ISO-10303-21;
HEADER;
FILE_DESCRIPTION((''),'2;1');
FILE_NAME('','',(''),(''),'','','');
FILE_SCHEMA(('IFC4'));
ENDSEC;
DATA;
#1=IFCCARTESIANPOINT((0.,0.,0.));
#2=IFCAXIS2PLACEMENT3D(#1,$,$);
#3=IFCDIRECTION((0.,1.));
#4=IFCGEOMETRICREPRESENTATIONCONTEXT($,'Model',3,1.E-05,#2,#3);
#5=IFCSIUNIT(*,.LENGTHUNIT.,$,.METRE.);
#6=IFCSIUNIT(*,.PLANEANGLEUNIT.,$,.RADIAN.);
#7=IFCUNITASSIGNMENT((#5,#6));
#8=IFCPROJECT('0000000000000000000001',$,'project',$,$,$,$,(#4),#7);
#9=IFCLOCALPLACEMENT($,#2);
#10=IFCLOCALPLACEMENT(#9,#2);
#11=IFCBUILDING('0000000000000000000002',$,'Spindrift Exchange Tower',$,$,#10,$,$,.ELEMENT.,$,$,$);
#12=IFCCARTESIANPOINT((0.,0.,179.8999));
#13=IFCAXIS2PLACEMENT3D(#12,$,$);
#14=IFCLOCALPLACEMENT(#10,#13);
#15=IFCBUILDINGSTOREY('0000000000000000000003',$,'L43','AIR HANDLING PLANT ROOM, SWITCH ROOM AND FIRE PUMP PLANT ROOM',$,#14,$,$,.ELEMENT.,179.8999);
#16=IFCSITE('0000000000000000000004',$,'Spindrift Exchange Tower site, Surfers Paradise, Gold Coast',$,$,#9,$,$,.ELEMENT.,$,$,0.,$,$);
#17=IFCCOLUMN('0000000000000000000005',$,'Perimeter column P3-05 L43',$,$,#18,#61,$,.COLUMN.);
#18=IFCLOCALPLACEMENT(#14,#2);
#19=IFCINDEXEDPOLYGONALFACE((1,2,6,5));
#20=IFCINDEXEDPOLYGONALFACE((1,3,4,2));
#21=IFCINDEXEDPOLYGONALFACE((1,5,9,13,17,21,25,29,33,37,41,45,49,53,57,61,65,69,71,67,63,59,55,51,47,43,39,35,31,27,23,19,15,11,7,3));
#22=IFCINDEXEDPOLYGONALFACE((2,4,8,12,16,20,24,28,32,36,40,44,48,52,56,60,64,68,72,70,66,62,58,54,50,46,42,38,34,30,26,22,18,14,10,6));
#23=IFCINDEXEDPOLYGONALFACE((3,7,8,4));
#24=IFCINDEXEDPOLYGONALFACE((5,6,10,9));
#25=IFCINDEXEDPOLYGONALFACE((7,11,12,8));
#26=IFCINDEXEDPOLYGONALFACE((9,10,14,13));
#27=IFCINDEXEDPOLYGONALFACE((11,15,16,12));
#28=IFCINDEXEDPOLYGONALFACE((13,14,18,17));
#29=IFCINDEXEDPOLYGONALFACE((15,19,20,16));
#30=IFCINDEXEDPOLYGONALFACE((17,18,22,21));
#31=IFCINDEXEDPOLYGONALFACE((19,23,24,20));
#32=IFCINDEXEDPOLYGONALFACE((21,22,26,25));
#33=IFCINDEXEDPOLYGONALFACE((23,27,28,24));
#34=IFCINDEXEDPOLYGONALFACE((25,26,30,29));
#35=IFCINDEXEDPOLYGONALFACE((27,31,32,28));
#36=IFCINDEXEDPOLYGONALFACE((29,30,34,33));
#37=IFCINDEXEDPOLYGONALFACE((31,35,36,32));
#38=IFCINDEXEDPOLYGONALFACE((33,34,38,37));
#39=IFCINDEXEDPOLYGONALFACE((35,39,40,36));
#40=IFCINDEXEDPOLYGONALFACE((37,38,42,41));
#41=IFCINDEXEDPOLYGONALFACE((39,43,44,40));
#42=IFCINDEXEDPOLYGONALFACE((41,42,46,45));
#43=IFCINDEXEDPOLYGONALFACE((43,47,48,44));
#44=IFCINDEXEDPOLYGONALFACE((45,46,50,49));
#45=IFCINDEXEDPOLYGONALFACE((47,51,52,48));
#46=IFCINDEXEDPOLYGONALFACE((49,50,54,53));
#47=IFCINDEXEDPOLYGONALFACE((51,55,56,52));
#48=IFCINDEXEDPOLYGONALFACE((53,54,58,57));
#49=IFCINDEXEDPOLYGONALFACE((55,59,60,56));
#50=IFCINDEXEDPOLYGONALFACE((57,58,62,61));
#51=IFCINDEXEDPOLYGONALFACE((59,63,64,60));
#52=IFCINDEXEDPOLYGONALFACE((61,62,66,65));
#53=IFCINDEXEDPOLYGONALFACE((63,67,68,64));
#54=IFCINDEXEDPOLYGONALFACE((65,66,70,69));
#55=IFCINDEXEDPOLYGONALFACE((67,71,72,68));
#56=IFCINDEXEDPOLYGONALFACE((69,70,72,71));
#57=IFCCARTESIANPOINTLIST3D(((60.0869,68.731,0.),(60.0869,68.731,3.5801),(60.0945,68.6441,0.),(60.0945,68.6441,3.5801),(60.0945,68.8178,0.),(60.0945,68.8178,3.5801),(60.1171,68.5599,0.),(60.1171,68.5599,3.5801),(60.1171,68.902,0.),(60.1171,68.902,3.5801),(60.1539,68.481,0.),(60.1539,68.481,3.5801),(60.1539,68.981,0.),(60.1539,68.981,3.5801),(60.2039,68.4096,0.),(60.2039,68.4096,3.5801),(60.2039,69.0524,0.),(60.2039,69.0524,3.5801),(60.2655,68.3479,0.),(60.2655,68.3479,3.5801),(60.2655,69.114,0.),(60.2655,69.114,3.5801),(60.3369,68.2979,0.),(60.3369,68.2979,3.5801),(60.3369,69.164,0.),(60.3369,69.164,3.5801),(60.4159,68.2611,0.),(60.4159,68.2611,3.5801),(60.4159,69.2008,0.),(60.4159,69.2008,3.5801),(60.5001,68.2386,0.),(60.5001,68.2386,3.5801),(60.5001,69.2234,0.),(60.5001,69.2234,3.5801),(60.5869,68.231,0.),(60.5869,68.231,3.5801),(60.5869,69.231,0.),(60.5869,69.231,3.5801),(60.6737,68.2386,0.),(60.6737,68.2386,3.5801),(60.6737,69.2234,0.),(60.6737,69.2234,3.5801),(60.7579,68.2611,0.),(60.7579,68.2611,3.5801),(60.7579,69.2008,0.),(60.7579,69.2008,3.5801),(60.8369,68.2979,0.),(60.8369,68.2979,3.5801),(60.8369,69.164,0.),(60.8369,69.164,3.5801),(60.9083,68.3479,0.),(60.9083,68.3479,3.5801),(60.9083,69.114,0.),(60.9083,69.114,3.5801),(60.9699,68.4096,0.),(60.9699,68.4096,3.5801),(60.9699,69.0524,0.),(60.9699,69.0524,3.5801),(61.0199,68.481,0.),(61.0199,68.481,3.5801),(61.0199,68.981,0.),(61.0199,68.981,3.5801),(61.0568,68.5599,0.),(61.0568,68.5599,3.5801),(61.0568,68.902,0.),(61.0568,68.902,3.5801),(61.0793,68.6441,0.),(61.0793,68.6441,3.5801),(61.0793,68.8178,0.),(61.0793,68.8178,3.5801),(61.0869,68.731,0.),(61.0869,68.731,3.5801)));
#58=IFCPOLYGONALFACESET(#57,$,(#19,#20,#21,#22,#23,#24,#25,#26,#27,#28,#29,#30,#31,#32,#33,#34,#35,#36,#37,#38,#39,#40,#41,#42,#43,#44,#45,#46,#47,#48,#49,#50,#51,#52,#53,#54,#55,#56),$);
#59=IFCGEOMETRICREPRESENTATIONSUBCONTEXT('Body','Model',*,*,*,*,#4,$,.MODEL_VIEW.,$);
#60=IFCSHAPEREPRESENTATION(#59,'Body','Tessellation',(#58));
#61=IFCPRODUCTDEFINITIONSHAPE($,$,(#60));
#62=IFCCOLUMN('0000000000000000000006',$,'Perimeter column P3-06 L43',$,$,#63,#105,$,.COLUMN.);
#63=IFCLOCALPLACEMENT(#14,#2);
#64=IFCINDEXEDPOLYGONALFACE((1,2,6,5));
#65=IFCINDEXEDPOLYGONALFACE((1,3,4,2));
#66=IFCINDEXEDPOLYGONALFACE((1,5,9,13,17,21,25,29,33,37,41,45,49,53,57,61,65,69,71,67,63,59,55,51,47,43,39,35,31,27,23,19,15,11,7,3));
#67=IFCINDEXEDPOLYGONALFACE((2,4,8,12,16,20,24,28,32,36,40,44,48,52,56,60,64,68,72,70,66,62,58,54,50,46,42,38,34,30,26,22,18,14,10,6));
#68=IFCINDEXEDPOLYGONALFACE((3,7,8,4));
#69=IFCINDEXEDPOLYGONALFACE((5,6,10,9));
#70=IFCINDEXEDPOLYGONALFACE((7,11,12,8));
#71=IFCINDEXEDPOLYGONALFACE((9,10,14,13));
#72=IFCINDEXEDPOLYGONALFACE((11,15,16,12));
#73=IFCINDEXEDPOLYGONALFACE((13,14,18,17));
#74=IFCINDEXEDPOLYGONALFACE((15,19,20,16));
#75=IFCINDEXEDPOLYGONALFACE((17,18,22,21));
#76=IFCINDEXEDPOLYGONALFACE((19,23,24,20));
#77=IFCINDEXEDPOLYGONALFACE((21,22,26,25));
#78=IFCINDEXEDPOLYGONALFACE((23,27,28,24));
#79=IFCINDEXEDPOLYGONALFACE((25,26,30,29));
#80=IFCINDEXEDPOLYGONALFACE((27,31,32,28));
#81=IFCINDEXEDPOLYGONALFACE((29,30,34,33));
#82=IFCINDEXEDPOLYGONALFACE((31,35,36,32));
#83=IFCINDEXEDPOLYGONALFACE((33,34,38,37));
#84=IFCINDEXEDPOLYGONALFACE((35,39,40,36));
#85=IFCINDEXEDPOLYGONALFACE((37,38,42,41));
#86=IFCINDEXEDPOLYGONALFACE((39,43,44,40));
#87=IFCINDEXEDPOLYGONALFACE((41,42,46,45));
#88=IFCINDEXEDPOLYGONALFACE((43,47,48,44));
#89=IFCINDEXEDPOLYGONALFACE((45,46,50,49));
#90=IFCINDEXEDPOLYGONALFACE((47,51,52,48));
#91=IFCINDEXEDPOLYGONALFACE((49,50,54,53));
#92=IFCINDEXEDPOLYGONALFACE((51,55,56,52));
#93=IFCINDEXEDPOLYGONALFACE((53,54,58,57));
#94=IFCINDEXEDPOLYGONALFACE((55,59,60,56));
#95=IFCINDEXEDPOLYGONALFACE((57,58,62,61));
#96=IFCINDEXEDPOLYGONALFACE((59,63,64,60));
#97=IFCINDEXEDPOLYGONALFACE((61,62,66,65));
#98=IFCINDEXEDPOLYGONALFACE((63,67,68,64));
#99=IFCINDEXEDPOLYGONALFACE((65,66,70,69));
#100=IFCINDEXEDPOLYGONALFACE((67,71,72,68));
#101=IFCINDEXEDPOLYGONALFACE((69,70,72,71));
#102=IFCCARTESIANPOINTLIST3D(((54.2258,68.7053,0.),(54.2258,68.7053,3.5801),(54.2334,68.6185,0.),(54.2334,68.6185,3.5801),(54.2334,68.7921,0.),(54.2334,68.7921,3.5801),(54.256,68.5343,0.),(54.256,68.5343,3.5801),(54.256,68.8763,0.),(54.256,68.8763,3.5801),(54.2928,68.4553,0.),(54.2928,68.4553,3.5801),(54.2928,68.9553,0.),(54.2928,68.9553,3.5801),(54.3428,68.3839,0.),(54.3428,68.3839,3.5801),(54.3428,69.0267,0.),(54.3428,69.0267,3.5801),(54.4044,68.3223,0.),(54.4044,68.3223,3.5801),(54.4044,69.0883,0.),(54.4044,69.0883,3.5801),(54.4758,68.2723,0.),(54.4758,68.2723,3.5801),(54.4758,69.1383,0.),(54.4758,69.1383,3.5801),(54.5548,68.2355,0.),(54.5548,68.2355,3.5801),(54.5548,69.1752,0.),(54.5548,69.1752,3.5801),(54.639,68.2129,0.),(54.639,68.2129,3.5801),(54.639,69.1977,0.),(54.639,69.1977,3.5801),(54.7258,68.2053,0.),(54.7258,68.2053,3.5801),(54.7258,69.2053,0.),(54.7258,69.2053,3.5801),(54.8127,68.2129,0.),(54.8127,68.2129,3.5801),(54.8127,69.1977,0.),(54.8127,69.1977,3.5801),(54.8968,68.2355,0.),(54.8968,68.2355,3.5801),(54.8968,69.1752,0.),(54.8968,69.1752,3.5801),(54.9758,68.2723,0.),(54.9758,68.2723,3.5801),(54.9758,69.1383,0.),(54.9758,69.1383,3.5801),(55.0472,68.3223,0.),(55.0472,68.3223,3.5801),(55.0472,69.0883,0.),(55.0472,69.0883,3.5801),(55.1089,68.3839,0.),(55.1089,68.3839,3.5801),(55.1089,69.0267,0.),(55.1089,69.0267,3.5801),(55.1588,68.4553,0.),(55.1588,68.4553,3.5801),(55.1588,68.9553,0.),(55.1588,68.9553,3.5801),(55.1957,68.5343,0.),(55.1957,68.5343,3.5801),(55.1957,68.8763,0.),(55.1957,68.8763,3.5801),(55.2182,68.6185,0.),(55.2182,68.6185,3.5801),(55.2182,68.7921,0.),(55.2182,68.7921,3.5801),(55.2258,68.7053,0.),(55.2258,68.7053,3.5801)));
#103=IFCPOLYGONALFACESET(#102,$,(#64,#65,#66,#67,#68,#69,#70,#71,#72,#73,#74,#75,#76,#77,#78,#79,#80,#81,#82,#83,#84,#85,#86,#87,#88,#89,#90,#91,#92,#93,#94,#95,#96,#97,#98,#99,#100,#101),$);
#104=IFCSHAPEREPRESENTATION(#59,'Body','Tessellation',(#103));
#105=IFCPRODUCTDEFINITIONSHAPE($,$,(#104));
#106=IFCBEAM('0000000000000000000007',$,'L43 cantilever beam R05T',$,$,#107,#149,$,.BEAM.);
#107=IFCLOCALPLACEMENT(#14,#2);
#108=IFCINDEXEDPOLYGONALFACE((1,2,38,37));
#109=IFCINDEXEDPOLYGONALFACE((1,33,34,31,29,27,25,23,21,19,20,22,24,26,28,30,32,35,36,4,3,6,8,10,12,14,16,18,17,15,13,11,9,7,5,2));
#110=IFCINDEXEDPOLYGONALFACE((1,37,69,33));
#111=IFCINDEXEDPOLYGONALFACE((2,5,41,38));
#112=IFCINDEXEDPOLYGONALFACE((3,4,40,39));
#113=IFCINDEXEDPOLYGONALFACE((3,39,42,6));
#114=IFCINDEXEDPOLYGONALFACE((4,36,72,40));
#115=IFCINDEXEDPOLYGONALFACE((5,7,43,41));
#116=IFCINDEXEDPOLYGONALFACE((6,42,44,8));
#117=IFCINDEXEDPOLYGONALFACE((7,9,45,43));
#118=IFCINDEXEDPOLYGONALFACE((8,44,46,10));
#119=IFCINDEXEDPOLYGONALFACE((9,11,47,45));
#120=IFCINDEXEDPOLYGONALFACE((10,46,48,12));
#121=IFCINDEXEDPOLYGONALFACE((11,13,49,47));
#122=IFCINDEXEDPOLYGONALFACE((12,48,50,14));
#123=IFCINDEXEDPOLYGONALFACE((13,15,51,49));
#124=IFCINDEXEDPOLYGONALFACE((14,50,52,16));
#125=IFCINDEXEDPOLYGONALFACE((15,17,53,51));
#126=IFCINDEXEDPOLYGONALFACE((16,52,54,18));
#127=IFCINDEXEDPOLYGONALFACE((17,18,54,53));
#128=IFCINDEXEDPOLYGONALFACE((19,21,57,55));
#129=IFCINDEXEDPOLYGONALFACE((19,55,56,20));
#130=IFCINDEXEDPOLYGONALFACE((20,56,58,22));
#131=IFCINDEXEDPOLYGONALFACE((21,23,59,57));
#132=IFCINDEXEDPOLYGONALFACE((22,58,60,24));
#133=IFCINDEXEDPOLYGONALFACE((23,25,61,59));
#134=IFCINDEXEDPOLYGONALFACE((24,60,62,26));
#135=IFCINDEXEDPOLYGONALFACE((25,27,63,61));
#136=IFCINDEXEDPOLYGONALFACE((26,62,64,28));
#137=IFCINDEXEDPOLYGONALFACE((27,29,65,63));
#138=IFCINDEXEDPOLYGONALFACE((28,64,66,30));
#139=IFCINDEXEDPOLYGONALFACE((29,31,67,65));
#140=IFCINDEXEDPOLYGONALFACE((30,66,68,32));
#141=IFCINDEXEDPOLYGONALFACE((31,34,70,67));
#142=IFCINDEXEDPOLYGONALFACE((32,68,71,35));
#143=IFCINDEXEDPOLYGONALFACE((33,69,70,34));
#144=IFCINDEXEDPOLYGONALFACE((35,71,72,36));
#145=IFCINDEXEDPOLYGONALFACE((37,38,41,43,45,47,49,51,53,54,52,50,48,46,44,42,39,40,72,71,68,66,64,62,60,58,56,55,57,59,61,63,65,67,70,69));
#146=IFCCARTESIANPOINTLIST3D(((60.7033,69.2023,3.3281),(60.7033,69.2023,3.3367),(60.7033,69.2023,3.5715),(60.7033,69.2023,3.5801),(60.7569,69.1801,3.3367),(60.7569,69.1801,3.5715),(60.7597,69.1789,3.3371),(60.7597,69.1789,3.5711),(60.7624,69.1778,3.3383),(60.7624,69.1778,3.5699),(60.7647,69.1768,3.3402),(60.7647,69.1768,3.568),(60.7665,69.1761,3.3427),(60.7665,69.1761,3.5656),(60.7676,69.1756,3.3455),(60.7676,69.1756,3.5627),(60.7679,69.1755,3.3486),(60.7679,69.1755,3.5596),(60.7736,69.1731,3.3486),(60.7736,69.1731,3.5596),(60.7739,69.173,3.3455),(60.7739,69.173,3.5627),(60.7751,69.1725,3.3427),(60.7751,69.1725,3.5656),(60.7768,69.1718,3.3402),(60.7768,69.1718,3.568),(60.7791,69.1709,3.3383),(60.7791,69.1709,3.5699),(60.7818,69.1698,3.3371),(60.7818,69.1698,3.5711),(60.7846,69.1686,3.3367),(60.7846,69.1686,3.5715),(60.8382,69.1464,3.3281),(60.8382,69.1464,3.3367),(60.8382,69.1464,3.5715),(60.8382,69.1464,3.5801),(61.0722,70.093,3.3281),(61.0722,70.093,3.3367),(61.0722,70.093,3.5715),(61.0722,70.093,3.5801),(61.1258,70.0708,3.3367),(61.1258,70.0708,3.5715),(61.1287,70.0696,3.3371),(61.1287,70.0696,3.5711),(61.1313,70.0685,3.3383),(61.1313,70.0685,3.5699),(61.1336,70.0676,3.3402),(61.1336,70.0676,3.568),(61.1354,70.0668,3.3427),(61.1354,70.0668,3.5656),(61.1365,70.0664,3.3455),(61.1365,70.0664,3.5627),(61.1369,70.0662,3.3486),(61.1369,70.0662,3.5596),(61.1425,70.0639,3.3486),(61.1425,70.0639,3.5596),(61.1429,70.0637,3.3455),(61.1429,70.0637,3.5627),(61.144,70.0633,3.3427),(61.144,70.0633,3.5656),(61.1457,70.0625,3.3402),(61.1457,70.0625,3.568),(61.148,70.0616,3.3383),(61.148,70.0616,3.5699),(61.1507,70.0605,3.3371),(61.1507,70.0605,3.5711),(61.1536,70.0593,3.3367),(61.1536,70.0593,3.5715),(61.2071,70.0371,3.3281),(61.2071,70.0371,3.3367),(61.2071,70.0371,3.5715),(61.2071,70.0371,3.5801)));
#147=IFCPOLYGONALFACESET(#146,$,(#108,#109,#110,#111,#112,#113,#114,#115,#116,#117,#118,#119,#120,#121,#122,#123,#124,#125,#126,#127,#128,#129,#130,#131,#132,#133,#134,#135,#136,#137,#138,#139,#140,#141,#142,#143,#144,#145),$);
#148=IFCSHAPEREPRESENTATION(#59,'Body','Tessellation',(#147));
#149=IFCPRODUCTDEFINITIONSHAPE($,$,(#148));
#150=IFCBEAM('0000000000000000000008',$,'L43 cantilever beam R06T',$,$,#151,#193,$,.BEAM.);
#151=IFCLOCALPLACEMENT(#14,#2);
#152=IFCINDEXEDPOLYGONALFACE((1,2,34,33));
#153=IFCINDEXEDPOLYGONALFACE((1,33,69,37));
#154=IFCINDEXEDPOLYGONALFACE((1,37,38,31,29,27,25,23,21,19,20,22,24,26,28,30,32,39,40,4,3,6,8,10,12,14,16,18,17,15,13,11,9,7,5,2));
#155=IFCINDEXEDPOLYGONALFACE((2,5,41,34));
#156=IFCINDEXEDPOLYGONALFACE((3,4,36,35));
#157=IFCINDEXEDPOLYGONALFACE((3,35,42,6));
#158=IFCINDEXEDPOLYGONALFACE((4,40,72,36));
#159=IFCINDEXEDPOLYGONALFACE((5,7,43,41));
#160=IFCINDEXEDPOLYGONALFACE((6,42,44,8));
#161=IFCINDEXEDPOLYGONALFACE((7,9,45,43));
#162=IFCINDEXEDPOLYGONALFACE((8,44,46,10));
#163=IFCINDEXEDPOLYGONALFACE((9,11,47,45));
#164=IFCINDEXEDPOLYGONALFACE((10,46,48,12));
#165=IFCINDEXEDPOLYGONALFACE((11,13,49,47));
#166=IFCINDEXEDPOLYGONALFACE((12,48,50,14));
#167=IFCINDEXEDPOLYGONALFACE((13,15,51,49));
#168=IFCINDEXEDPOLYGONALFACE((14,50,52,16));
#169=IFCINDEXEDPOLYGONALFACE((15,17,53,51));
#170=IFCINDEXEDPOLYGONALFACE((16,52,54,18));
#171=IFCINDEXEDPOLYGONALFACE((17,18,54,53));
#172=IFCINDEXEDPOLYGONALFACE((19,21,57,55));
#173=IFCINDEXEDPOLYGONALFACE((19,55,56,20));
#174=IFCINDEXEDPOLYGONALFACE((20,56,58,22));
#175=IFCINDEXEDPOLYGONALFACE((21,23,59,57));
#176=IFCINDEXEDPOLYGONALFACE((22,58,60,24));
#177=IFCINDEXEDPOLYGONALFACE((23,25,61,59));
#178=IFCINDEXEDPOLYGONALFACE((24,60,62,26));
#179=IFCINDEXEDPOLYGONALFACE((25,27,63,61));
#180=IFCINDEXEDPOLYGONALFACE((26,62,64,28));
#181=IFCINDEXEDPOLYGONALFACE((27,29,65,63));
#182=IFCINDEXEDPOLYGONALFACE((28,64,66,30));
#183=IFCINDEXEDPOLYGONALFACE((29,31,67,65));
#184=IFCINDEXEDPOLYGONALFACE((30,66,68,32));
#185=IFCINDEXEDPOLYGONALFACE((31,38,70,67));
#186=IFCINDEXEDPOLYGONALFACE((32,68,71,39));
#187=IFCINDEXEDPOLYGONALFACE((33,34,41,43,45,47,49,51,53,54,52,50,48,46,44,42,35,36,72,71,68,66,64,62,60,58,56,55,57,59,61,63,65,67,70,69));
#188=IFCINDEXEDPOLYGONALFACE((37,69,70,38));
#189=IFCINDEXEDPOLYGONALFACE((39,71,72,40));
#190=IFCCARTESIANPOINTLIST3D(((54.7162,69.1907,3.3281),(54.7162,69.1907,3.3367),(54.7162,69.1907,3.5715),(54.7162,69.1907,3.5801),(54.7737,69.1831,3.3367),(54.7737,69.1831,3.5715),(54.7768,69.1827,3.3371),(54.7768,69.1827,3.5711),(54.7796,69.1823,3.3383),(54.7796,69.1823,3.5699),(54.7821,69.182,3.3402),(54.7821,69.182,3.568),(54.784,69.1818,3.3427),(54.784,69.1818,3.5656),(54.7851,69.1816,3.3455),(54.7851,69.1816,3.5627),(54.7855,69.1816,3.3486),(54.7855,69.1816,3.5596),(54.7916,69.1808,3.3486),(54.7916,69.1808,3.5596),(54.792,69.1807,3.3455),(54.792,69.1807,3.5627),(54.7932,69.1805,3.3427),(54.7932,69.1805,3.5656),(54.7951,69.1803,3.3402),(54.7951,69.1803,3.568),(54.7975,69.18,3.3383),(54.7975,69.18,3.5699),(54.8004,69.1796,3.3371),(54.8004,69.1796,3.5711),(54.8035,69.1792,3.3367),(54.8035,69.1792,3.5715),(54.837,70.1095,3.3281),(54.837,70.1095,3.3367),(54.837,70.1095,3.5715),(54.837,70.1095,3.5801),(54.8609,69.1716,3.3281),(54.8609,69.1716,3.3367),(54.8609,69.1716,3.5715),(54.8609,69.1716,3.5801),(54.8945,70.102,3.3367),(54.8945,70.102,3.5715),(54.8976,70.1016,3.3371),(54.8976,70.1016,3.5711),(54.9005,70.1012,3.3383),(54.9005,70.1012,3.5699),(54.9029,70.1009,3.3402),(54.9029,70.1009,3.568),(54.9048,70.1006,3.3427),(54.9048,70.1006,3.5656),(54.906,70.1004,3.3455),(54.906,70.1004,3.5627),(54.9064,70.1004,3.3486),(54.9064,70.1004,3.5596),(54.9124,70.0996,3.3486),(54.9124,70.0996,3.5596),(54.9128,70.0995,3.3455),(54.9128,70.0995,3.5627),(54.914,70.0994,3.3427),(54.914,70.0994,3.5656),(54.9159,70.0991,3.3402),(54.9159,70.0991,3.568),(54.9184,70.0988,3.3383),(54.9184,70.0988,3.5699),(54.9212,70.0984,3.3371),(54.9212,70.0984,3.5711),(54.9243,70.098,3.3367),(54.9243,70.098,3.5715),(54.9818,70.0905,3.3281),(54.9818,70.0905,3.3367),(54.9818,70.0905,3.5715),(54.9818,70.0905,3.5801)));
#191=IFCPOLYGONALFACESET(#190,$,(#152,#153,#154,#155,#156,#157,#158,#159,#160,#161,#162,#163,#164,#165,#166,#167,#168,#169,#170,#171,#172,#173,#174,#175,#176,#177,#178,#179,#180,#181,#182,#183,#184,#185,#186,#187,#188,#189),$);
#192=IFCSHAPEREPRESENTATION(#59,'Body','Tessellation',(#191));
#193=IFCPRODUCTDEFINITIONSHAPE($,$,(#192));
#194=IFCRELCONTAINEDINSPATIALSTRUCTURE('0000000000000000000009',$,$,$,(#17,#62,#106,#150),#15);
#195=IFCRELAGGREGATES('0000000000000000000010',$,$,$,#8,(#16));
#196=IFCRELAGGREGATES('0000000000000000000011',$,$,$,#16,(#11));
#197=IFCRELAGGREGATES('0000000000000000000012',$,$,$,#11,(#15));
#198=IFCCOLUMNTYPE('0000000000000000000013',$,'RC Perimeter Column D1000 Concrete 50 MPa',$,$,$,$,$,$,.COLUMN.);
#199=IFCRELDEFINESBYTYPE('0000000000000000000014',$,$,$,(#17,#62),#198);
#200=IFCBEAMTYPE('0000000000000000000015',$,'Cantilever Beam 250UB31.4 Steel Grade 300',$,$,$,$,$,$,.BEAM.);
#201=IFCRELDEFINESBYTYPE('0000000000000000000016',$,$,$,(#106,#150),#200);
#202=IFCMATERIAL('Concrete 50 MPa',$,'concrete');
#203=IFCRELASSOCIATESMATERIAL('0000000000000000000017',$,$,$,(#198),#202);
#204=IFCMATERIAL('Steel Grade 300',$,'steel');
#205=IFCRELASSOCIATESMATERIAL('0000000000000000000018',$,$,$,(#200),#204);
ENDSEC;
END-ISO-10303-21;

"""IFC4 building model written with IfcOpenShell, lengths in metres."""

from ifc_helpers import new_model, si_unit, direction, frame, origin, origin_2d, place, context, subcontext, project, spatial, circle, i_section, extrude, source, transform, mapped, material, material_profile, profile_set, type_object, element, save


model = new_model("IFC4")

# Units and contexts
model_context = context("Model", 3, precision=1e-05, world=origin(), true_north=direction((0.0, 1.0)))
body_context = subcontext(model_context, "Body", "Model", "MODEL_VIEW")
ifc_project = project(units=[si_unit("LENGTHUNIT", "METRE"), si_unit("PLANEANGLEUNIT", "RADIAN")], contexts=[model_context])

# Site, building, storey
site_placement = place(None, origin())
site = spatial("IfcSite", under=ifc_project, at=site_placement, Name="Spindrift Exchange Tower site, Surfers Paradise, Gold Coast", CompositionType="ELEMENT", RefElevation=0.0)
building_placement = place(site_placement, origin())
building = spatial("IfcBuilding", under=site, at=building_placement, Name="Spindrift Exchange Tower", CompositionType="ELEMENT")
storey_placement = place(building_placement, frame((0.0, 0.0, 179.8999)))
storey = spatial("IfcBuildingStorey", under=building, at=storey_placement, Name="L43", Description="AIR HANDLING PLANT ROOM, SWITCH ROOM AND FIRE PUMP PLANT ROOM", CompositionType="ELEMENT", Elevation=179.8999)

# Columns
ifc_material_1 = material(Name="Concrete 50 MPa", Category="concrete")
ifc_material_profile_1 = material_profile(ifc_material_1, circle(Radius=0.5, at=origin_2d()), Name="RC D1000")
ifc_profile_set_1 = profile_set([ifc_material_profile_1], Name="Concrete 50 MPa")
column_type = type_object("IfcColumnType", Name="RC Perimeter Column D1000 Concrete 50 MPa", PredefinedType="COLUMN", material=ifc_profile_set_1)
shared_shape_1 = source(origin(), body_context, "Body", "SweptSolid", [
    extrude(circle(Radius=0.5, at=origin_2d()), origin(), (0.0, 0.0, 1.0), 3.5801),
])
for number, where, z_axis, x_axis, name in (
    (1, (60.5869, 68.731, 0.0), (0.0, 0.0, 1.0), (1.0, 0.0, 0.0), "Perimeter column P3-05 L43"),
    (2, (54.7258, 68.7053, 0.0), (0.0, 0.0, 1.0), (1.0, 0.0, 0.0), "Perimeter column P3-06 L43"),
):
    element("IfcColumn", number, at=place(storey_placement, frame(where, z_axis=z_axis, x_axis=x_axis)), inside=storey, type_object=column_type, Name=name, PredefinedType="COLUMN", context=body_context, shape_type="MappedRepresentation", body=[
        mapped(shared_shape_1, transform((0.0, 0.0, 0.0), scale=1.0)),
    ])

# Beams
ifc_material_2 = material(Name="Steel Grade 300", Category="steel")
ifc_material_profile_2 = material_profile(ifc_material_2, i_section(OverallWidth=0.146, OverallDepth=0.252, WebThickness=0.0061, FlangeThickness=0.0085, FilletRadius=0.012, at=origin_2d()), Name="250UB31.4")
ifc_profile_set_2 = profile_set([ifc_material_profile_2], Name="Steel Grade 300")
beam_type_1 = type_object("IfcBeamType", Name="Cantilever Beam 250UB31.4 Steel Grade 300", PredefinedType="BEAM", material=ifc_profile_set_2)
shared_shape_2 = source(origin(), body_context, "Body", "SweptSolid", [
    extrude(i_section(OverallWidth=0.146, OverallDepth=0.252, WebThickness=0.0061, FlangeThickness=0.0085, FilletRadius=0.012, at=origin_2d()), origin(), (0.0, 0.0, 1.0), 0.9641),
])
beam_1_placement = place(storey_placement, frame((60.7708, 69.1743, 3.4541), z_axis=(0.382672, 0.923884, 0.0), x_axis=(-0.923884, 0.382672, 0.0)))
element("IfcBeam", 3, at=beam_1_placement, inside=storey, type_object=beam_type_1, Name="L43 cantilever beam R05T", PredefinedType="BEAM", context=body_context, shape_type="MappedRepresentation", body=[
    mapped(shared_shape_2, transform((0.0, 0.0, 0.0), scale=1.0)),
])
shared_shape_3 = source(origin(), body_context, "Body", "SweptSolid", [
    extrude(i_section(OverallWidth=0.146, OverallDepth=0.252, WebThickness=0.0061, FlangeThickness=0.0085, FilletRadius=0.012, at=origin_2d()), origin(), (0.0, 0.0, 1.0), 0.9268),
])
beam_2_placement = place(storey_placement, frame((54.7886, 69.1812, 3.4541), z_axis=(0.130386, 0.991463, 0.0), x_axis=(-0.991463, 0.130386, 0.0)))
element("IfcBeam", 4, at=beam_2_placement, inside=storey, type_object=beam_type_1, Name="L43 cantilever beam R06T", PredefinedType="BEAM", context=body_context, shape_type="MappedRepresentation", body=[
    mapped(shared_shape_3, transform((0.0, 0.0, 0.0), scale=1.0)),
])

save(model, "model.ifc")
